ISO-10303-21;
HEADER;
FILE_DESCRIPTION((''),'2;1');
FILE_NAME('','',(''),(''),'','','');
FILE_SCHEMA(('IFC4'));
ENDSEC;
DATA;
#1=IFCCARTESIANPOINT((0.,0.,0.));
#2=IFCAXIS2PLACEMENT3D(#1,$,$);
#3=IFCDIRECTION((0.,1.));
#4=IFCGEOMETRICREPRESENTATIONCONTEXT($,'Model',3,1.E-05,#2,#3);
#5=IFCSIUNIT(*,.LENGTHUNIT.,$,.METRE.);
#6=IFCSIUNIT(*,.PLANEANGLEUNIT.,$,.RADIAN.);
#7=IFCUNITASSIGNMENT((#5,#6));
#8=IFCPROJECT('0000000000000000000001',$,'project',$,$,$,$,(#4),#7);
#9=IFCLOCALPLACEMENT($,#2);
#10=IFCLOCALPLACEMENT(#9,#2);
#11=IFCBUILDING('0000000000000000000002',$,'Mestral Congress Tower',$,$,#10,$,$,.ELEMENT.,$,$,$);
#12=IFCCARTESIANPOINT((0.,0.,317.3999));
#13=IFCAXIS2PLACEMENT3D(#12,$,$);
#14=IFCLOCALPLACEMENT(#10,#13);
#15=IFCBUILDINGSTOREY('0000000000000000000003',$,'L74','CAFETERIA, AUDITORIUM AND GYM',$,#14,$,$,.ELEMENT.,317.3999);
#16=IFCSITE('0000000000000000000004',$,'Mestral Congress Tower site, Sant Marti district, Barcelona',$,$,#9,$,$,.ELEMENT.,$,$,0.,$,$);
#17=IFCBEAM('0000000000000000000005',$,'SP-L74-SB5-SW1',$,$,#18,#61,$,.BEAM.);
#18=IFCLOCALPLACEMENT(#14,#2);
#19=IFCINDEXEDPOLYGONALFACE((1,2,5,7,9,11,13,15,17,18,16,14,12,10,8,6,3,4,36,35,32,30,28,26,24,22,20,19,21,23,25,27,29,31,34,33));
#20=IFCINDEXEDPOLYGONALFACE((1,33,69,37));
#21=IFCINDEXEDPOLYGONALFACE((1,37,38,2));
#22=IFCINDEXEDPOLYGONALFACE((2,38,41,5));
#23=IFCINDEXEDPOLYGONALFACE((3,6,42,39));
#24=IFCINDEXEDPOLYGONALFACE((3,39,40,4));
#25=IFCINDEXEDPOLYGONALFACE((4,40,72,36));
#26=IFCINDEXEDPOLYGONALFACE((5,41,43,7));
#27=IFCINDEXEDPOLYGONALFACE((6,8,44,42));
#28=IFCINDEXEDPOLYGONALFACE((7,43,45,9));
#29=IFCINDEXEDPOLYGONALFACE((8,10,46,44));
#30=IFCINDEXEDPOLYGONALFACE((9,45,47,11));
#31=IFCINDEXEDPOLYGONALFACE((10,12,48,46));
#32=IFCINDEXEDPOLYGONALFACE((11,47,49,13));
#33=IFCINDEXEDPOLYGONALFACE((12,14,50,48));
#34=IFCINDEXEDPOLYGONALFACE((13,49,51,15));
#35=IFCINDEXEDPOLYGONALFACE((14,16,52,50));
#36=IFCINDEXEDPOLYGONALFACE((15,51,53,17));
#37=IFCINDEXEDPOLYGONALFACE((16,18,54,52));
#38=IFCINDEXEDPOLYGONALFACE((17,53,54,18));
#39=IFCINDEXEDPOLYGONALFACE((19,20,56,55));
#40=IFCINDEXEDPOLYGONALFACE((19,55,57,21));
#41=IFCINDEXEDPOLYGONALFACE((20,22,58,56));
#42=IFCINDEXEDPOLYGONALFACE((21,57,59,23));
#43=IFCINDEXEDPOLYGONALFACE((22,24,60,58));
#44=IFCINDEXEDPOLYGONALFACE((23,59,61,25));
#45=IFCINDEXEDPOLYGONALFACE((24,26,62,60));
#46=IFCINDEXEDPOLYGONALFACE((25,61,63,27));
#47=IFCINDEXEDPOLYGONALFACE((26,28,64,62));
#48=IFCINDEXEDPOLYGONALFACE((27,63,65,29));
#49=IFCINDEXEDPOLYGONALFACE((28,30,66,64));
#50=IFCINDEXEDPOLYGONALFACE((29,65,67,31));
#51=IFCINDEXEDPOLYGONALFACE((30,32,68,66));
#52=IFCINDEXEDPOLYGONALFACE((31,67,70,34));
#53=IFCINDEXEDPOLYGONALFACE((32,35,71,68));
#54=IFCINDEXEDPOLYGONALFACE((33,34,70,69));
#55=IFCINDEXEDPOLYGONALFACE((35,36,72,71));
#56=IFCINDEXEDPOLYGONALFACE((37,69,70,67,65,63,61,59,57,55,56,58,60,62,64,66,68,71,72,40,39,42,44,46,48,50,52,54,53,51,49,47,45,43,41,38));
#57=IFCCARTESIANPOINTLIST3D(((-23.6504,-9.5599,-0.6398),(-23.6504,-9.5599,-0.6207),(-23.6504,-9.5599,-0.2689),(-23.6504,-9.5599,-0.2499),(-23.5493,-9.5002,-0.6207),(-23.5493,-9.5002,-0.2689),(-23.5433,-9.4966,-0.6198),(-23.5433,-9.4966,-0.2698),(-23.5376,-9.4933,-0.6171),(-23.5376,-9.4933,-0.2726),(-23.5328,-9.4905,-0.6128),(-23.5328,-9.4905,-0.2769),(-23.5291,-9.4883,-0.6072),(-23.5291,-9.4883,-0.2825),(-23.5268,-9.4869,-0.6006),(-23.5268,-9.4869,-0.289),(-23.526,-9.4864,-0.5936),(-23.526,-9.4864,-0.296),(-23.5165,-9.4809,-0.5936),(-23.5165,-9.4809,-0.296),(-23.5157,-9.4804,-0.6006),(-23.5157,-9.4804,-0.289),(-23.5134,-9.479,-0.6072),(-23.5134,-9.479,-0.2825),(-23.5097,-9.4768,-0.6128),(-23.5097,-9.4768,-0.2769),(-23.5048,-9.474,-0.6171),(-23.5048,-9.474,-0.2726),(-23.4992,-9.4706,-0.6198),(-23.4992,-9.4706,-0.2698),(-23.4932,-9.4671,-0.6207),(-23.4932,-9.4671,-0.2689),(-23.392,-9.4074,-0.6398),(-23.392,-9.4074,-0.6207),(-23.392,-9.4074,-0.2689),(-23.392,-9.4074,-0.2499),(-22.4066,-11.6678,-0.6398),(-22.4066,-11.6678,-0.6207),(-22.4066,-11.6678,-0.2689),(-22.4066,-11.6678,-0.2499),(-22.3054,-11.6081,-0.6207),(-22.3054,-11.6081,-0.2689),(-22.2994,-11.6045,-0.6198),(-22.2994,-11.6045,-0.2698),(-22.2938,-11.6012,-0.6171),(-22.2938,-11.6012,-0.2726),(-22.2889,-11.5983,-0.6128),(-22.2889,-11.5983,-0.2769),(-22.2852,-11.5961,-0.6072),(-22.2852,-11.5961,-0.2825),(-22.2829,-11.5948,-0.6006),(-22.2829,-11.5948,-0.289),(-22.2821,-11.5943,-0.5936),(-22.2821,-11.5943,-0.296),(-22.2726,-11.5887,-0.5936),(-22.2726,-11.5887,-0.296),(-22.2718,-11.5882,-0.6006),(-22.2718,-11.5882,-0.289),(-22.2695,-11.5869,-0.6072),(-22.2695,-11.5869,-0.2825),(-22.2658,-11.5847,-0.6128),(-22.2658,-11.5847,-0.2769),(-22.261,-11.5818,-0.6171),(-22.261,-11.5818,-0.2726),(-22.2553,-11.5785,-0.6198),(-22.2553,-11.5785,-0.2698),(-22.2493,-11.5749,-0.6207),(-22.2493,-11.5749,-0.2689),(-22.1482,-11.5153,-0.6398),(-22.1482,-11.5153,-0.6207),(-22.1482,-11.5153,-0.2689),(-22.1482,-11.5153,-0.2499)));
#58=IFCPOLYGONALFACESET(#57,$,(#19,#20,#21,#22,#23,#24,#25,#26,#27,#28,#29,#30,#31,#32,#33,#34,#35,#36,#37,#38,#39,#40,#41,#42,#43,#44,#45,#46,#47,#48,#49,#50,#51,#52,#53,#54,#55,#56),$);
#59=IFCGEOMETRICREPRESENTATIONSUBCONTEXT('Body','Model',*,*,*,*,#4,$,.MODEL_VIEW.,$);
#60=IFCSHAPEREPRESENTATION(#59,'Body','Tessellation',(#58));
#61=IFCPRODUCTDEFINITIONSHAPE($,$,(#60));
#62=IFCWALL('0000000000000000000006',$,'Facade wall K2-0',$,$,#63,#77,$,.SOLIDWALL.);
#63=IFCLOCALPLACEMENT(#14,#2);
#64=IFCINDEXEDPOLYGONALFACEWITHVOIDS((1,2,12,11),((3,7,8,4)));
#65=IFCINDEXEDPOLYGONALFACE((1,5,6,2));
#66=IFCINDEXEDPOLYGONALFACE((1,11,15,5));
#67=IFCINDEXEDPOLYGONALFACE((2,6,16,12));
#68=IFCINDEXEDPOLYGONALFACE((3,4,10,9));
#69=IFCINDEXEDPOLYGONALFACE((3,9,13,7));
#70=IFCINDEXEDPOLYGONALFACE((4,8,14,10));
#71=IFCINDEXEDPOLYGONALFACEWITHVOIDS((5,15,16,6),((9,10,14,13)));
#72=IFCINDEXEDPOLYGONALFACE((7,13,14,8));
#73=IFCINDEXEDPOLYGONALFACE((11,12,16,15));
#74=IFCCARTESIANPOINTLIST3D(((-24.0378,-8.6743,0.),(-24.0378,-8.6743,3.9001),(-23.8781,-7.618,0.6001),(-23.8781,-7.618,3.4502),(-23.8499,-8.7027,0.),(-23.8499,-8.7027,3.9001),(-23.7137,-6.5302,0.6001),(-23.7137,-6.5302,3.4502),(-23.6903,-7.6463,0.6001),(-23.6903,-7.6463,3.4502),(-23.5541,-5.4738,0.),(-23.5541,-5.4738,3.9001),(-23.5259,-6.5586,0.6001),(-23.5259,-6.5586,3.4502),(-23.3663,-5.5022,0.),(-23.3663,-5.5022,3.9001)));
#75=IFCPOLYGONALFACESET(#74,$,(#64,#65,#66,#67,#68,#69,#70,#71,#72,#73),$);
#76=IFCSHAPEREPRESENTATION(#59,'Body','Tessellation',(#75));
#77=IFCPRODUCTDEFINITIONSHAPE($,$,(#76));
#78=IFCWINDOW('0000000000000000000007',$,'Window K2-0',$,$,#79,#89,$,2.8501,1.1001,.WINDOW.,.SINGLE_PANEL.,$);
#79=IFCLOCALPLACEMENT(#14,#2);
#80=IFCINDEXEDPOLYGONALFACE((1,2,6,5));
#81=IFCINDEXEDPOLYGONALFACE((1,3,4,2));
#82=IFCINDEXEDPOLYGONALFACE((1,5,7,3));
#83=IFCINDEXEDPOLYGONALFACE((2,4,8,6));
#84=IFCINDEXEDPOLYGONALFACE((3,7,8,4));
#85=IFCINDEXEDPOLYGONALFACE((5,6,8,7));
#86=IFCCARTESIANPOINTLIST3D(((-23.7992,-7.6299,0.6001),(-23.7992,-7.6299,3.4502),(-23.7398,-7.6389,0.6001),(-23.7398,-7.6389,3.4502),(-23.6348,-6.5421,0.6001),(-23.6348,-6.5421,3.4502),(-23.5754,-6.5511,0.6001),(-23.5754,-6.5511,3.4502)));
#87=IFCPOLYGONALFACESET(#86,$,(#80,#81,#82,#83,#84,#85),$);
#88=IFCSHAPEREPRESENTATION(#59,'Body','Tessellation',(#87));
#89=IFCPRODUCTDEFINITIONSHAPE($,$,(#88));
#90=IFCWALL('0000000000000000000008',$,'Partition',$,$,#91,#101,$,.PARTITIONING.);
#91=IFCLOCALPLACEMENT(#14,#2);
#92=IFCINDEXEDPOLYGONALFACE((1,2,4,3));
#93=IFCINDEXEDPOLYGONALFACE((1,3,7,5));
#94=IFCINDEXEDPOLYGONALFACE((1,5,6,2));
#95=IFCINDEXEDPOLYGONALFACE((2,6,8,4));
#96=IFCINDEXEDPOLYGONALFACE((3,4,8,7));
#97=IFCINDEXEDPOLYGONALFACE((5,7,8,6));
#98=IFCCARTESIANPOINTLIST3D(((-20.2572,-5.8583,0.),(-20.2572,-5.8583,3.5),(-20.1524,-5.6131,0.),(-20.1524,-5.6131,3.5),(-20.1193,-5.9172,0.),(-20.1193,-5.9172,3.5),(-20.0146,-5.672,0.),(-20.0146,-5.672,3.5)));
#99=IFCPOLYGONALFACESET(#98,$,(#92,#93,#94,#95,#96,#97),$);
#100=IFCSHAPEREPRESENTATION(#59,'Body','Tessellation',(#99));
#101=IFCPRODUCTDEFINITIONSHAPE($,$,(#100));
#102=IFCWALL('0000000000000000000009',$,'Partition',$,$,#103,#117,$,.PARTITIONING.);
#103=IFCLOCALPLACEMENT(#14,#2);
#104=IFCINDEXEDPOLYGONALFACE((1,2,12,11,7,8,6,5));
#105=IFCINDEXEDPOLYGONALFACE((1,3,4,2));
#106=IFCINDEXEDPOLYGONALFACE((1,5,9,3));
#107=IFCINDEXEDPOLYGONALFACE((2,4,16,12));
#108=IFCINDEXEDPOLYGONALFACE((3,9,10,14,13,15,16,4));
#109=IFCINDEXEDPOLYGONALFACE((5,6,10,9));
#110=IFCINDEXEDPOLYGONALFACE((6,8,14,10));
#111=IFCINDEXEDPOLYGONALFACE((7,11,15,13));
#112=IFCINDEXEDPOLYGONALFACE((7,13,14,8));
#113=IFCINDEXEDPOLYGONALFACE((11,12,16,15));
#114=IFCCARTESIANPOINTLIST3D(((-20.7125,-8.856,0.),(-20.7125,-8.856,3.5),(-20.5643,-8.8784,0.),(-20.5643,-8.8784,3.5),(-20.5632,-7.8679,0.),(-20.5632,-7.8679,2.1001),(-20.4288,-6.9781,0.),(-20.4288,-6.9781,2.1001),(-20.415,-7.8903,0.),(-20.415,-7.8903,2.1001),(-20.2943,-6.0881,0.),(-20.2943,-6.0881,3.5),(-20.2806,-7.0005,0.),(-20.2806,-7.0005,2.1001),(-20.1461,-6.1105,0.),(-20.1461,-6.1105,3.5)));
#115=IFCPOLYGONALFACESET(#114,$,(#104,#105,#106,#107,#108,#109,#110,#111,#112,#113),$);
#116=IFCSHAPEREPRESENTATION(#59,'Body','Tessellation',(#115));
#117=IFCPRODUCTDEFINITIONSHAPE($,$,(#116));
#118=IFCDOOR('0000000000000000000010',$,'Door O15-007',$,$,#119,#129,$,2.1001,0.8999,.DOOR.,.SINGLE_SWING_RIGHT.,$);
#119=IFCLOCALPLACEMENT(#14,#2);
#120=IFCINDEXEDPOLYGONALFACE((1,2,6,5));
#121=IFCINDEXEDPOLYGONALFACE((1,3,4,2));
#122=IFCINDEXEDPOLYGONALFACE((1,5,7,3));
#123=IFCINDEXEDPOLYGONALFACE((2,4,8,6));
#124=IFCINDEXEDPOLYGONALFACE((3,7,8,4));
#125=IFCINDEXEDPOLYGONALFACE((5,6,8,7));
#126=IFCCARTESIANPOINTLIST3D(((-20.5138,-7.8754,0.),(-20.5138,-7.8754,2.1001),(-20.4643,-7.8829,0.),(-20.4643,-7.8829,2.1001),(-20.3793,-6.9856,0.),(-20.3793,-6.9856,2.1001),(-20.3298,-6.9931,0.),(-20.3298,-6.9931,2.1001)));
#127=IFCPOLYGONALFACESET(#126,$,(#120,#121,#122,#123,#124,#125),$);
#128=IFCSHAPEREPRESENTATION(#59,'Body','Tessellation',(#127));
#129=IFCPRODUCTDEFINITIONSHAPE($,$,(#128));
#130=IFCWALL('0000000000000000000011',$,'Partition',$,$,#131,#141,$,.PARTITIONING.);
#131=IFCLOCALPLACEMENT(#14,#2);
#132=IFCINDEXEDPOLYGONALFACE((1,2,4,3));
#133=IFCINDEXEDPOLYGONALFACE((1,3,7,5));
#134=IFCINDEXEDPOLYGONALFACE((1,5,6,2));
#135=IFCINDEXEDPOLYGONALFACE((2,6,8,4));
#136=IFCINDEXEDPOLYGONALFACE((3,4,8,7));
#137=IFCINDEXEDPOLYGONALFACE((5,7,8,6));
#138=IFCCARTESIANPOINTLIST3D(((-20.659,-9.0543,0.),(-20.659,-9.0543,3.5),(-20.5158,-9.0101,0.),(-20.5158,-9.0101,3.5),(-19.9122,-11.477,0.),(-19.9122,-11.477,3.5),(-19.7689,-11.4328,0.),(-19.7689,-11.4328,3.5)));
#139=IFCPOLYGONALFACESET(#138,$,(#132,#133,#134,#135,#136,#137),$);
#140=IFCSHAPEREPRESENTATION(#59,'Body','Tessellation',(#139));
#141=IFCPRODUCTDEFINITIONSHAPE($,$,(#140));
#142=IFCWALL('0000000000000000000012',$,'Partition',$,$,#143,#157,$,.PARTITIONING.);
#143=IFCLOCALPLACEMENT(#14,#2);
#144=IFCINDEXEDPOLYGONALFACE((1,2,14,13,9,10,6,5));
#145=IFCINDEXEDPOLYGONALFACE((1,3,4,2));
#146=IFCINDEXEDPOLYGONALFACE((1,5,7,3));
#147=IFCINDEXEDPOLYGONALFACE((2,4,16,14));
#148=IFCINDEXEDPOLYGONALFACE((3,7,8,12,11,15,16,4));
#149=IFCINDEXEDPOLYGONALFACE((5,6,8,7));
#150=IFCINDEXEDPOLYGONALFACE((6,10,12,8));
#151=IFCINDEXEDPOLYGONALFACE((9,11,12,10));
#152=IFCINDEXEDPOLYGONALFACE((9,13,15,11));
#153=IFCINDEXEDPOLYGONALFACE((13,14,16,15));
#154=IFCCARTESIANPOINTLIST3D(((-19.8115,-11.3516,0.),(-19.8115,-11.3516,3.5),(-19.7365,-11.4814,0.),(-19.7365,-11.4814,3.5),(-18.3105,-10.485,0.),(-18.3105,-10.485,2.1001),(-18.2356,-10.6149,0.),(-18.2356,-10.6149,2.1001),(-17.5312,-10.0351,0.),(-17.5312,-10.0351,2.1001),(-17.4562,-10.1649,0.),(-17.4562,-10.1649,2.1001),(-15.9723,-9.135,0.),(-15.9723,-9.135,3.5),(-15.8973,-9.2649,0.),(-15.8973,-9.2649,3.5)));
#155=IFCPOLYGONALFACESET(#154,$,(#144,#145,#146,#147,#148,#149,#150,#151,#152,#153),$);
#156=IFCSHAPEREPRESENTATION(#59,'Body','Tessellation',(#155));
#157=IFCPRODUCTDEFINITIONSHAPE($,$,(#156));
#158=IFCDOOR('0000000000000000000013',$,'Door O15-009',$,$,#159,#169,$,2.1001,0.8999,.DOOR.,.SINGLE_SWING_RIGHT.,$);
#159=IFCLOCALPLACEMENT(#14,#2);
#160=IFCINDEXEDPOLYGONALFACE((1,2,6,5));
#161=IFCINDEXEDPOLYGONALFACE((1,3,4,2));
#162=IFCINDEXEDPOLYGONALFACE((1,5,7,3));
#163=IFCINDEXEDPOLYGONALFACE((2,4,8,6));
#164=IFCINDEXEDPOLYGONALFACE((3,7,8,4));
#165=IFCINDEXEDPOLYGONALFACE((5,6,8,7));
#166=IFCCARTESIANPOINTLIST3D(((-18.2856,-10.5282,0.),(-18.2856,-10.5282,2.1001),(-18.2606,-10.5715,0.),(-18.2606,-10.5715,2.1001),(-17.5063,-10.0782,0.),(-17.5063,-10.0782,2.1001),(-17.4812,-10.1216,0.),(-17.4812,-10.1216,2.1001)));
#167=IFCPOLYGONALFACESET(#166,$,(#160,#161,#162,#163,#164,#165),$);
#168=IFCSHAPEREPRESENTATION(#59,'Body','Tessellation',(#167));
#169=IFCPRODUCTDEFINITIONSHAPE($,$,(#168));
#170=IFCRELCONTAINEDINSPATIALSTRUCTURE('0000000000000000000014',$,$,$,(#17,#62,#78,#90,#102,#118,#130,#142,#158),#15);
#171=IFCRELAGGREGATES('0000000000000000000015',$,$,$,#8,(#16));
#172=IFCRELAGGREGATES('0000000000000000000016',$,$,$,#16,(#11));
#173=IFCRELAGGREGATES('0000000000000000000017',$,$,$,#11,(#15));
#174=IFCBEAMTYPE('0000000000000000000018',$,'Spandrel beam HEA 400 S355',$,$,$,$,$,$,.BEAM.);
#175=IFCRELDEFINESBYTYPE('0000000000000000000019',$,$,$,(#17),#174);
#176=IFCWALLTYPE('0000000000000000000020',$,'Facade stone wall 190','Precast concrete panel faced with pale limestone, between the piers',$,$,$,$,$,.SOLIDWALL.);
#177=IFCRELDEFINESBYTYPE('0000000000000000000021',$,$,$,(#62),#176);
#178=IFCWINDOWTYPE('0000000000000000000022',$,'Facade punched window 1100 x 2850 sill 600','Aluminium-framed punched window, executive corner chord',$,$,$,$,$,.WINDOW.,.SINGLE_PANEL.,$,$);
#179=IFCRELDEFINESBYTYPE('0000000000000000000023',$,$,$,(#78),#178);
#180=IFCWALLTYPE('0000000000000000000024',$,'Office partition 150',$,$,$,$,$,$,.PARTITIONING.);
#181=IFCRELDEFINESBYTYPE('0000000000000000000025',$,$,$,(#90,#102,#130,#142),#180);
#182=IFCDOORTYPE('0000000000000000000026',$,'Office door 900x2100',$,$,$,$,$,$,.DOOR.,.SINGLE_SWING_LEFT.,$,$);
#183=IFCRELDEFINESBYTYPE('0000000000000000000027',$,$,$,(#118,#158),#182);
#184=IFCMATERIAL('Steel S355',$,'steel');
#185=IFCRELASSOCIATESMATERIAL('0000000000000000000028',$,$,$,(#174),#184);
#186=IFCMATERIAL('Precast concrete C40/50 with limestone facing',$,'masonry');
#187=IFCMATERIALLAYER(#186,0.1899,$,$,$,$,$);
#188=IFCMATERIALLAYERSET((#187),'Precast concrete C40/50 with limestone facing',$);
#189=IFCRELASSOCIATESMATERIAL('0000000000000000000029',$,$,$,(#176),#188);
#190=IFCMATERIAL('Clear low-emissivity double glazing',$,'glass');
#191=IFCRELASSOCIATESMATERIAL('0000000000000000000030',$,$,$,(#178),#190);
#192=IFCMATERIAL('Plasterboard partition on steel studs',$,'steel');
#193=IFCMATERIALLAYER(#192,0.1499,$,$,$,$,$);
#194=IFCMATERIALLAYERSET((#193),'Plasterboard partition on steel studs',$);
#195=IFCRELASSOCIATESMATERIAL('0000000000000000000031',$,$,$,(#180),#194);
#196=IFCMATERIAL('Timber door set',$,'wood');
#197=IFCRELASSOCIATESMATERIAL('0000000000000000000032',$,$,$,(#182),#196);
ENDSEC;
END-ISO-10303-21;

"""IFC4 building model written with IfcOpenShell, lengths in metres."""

from ifc_helpers import new_model, si_unit, direction, frame, frame_2d, origin, origin_2d, place, context, subcontext, project, spatial, rectangle, i_section, extrude, material, layer, layer_set, material_profile, profile_set, type_object, element, fill, save


model = new_model("IFC4")

# Units and contexts
model_context = context("Model", 3, precision=1e-05, world=origin(), true_north=direction((0.0, 1.0)))
body_context = subcontext(model_context, "Body", "Model", "MODEL_VIEW")
ifc_project = project(units=[si_unit("LENGTHUNIT", "METRE"), si_unit("PLANEANGLEUNIT", "RADIAN")], contexts=[model_context])

# Site, building, storey
site_placement = place(None, origin())
site = spatial("IfcSite", under=ifc_project, at=site_placement, Name="Mestral Congress Tower site, Sant Marti district, Barcelona", CompositionType="ELEMENT", RefElevation=0.0)
building_placement = place(site_placement, origin())
building = spatial("IfcBuilding", under=site, at=building_placement, Name="Mestral Congress Tower", CompositionType="ELEMENT")
storey_placement = place(building_placement, frame((0.0, 0.0, 317.3999)))
storey = spatial("IfcBuildingStorey", under=building, at=storey_placement, Name="L74", Description="CAFETERIA, AUDITORIUM AND GYM", CompositionType="ELEMENT", Elevation=317.3999)

# Beam
ifc_material_1 = material(Name="Steel S355", Category="steel")
ifc_material_profile_1 = material_profile(ifc_material_1, i_section(OverallWidth=0.3, OverallDepth=0.3899, WebThickness=0.011, FlangeThickness=0.019, FilletRadius=0.0271, at=origin_2d()), Name="HEA 400")
ifc_profile_set_1 = profile_set([ifc_material_profile_1], Name="Steel S355")
beam_type_1 = type_object("IfcBeamType", Name="Spandrel beam HEA 400 S355", PredefinedType="BEAM", material=ifc_profile_set_1)
beam_1_placement = place(storey_placement, frame((-23.5212, -9.4836, -0.4448), z_axis=(0.508218, -0.861228, 0.0), x_axis=(0.861228, 0.508218, 0.0)))
element("IfcBeam", 1, at=beam_1_placement, inside=storey, type_object=beam_type_1, Name="SP-L74-SB5-SW1", PredefinedType="BEAM", context=body_context, shape_type="SweptSolid", body=[
    extrude(i_section(OverallWidth=0.3, OverallDepth=0.3899, WebThickness=0.011, FlangeThickness=0.019, FilletRadius=0.0271, at=origin_2d()), origin(), (0.0, 0.0, 1.0), 2.4475),
])

# Wall, opening, window
ifc_material_2 = material(Name="Precast concrete C40/50 with limestone facing", Category="masonry")
ifc_layer_1 = layer(ifc_material_2, 0.1899)
ifc_layer_set_1 = layer_set([ifc_layer_1], Name="Precast concrete C40/50 with limestone facing")
wall_type_1 = type_object("IfcWallType", Name="Facade stone wall 190", Description="Precast concrete panel faced with pale limestone, between the piers", PredefinedType="SOLIDWALL", material=ifc_layer_set_1)
wall_1_placement = place(storey_placement, frame((-23.4602, -5.488, 0.0), z_axis=(0.0, 0.0, 1.0), x_axis=(-0.149421, -0.988774, 0.0)))
wall_1 = element("IfcWall", 2, at=wall_1_placement, inside=storey, type_object=wall_type_1, Name="Facade wall K2-0", PredefinedType="SOLIDWALL", context=body_context, shape_type="SweptSolid", body=[
    extrude(rectangle(XDim=3.2368, YDim=0.1899, at=frame_2d((1.6184, 0.0))), origin(), (0.0, 0.0, 1.0), 3.9001),
])
opening_1_placement = place(wall_1_placement, frame((1.0684, 0.0, 0.6001)))
opening_1 = element("IfcOpeningElement", 3, at=opening_1_placement, cuts=wall_1, PredefinedType="OPENING", context=body_context, shape_type="SweptSolid", body=[
    extrude(rectangle(XDim=1.1001, YDim=2.8501, at=frame_2d((0.55, 1.425))), frame((0.0, 0.105, 0.0), z_axis=(0.0, -1.0, 0.0), x_axis=(1.0, 0.0, 0.0)), (0.0, 0.0, 1.0), 0.21),
])
ifc_material_3 = material(Name="Clear low-emissivity double glazing", Category="glass")
window_type = type_object("IfcWindowType", Name="Facade punched window 1100 x 2850 sill 600", Description="Aluminium-framed punched window, executive corner chord", PartitioningType="SINGLE_PANEL", PredefinedType="WINDOW", material=ifc_material_3)
window_placement = place(opening_1_placement, origin())
window = element("IfcWindow", 4, at=window_placement, inside=storey, type_object=window_type, Name="Window K2-0", OverallHeight=2.8501, OverallWidth=1.1001, PartitioningType="SINGLE_PANEL", PredefinedType="WINDOW", context=body_context, shape_type="SweptSolid", body=[
    extrude(rectangle(XDim=1.1001, YDim=2.8501, at=frame_2d((0.55, 1.425))), frame((0.0, 0.0449, 0.0), z_axis=(0.0, -1.0, 0.0), x_axis=(1.0, 0.0, 0.0)), (0.0, 0.0, 1.0), 0.0601),
])
fill(opening_1, window)

# Wall
ifc_material_4 = material(Name="Plasterboard partition on steel studs", Category="steel")
ifc_layer_2 = layer(ifc_material_4, 0.1499)
ifc_layer_set_2 = layer_set([ifc_layer_2], Name="Plasterboard partition on steel studs")
wall_type_2 = type_object("IfcWallType", Name="Office partition 150", PredefinedType="PARTITIONING", material=ifc_layer_set_2)
wall_2_placement = place(storey_placement, frame((-20.0835, -5.6426, 0.0), z_axis=(0.0, 0.0, 1.0), x_axis=(-0.392924, -0.919571, 0.0)))
element("IfcWall", 5, at=wall_2_placement, inside=storey, type_object=wall_type_2, Name="Partition", PredefinedType="PARTITIONING", context=body_context, shape_type="SweptSolid", body=[
    extrude(rectangle(XDim=0.2666, YDim=0.1499, at=frame_2d((0.1333, 0.0))), origin(), (0.0, 0.0, 1.0), 3.5),
])

# Wall, opening, door
wall_3_placement = place(storey_placement, frame((-20.6384, -8.8672, 0.0), z_axis=(0.0, 0.0, 1.0), x_axis=(0.149402, 0.988776, 0.0)))
wall_3 = element("IfcWall", 6, at=wall_3_placement, inside=storey, type_object=wall_type_2, Name="Partition", PredefinedType="PARTITIONING", context=body_context, shape_type="SweptSolid", body=[
    extrude(rectangle(XDim=2.7993, YDim=0.1499, at=frame_2d((1.3997, 0.0))), origin(), (0.0, 0.0, 1.0), 3.5),
])
opening_2_placement = place(wall_3_placement, frame((0.9993, 0.0, 0.0)))
opening_2 = element("IfcOpeningElement", 7, at=opening_2_placement, cuts=wall_3, PredefinedType="OPENING", context=body_context, shape_type="SweptSolid", body=[
    extrude(rectangle(XDim=0.8999, YDim=2.1001, at=frame_2d((0.45, 1.05))), frame((0.0, 0.085, 0.0), z_axis=(0.0, -1.0, 0.0), x_axis=(1.0, 0.0, 0.0)), (0.0, 0.0, 1.0), 0.1699),
])
ifc_material_5 = material(Name="Timber door set", Category="wood")
door_type_1 = type_object("IfcDoorType", Name="Office door 900x2100", OperationType="SINGLE_SWING_LEFT", PredefinedType="DOOR", material=ifc_material_5)
door_1_placement = place(opening_2_placement, origin())
door_1 = element("IfcDoor", 8, at=door_1_placement, inside=storey, type_object=door_type_1, Name="Door O15-007", OperationType="SINGLE_SWING_RIGHT", OverallHeight=2.1001, OverallWidth=0.8999, PredefinedType="DOOR", context=body_context, shape_type="SweptSolid", body=[
    extrude(rectangle(XDim=0.8999, YDim=2.1001, at=frame_2d((0.45, 1.05))), frame((0.0, 0.0249, 0.0), z_axis=(0.0, -1.0, 0.0), x_axis=(1.0, 0.0, 0.0)), (0.0, 0.0, 1.0), 0.05),
])
fill(opening_2, door_1)

# Wall
wall_4_placement = place(storey_placement, frame((-20.5874, -9.0322, 0.0), z_axis=(0.0, 0.0, 1.0), x_axis=(0.294593, -0.955623, 0.0)))
element("IfcWall", 9, at=wall_4_placement, inside=storey, type_object=wall_type_2, Name="Partition", PredefinedType="PARTITIONING", context=body_context, shape_type="SweptSolid", body=[
    extrude(rectangle(XDim=2.5352, YDim=0.1499, at=frame_2d((1.2676, 0.0))), origin(), (0.0, 0.0, 1.0), 3.5),
])

# Wall, opening, door
wall_5_placement = place(storey_placement, frame((-15.9348, -9.2, 0.0), z_axis=(0.0, 0.0, 1.0), x_axis=(-0.866021, -0.500007, 0.0)))
wall_5 = element("IfcWall", 10, at=wall_5_placement, inside=storey, type_object=wall_type_2, Name="Partition", PredefinedType="PARTITIONING", context=body_context, shape_type="SweptSolid", body=[
    extrude(rectangle(XDim=4.4331, YDim=0.1499, at=frame_2d((2.2166, 0.0))), origin(), (0.0, 0.0, 1.0), 3.5),
])
opening_3_placement = place(wall_5_placement, frame((1.8, 0.0, 0.0)))
opening_3 = element("IfcOpeningElement", 11, at=opening_3_placement, cuts=wall_5, PredefinedType="OPENING", context=body_context, shape_type="SweptSolid", body=[
    extrude(rectangle(XDim=0.8999, YDim=2.1001, at=frame_2d((0.45, 1.05))), frame((0.0, 0.085, 0.0), z_axis=(0.0, -1.0, 0.0), x_axis=(1.0, 0.0, 0.0)), (0.0, 0.0, 1.0), 0.1699),
])
door_2_placement = place(opening_3_placement, origin())
door_2 = element("IfcDoor", 12, at=door_2_placement, inside=storey, type_object=door_type_1, Name="Door O15-009", OperationType="SINGLE_SWING_RIGHT", OverallHeight=2.1001, OverallWidth=0.8999, PredefinedType="DOOR", context=body_context, shape_type="SweptSolid", body=[
    extrude(rectangle(XDim=0.8999, YDim=2.1001, at=frame_2d((0.45, 1.05))), frame((0.0, 0.0249, 0.0), z_axis=(0.0, -1.0, 0.0), x_axis=(1.0, 0.0, 0.0)), (0.0, 0.0, 1.0), 0.05),
])
fill(opening_3, door_2)

save(model, "model.ifc")
